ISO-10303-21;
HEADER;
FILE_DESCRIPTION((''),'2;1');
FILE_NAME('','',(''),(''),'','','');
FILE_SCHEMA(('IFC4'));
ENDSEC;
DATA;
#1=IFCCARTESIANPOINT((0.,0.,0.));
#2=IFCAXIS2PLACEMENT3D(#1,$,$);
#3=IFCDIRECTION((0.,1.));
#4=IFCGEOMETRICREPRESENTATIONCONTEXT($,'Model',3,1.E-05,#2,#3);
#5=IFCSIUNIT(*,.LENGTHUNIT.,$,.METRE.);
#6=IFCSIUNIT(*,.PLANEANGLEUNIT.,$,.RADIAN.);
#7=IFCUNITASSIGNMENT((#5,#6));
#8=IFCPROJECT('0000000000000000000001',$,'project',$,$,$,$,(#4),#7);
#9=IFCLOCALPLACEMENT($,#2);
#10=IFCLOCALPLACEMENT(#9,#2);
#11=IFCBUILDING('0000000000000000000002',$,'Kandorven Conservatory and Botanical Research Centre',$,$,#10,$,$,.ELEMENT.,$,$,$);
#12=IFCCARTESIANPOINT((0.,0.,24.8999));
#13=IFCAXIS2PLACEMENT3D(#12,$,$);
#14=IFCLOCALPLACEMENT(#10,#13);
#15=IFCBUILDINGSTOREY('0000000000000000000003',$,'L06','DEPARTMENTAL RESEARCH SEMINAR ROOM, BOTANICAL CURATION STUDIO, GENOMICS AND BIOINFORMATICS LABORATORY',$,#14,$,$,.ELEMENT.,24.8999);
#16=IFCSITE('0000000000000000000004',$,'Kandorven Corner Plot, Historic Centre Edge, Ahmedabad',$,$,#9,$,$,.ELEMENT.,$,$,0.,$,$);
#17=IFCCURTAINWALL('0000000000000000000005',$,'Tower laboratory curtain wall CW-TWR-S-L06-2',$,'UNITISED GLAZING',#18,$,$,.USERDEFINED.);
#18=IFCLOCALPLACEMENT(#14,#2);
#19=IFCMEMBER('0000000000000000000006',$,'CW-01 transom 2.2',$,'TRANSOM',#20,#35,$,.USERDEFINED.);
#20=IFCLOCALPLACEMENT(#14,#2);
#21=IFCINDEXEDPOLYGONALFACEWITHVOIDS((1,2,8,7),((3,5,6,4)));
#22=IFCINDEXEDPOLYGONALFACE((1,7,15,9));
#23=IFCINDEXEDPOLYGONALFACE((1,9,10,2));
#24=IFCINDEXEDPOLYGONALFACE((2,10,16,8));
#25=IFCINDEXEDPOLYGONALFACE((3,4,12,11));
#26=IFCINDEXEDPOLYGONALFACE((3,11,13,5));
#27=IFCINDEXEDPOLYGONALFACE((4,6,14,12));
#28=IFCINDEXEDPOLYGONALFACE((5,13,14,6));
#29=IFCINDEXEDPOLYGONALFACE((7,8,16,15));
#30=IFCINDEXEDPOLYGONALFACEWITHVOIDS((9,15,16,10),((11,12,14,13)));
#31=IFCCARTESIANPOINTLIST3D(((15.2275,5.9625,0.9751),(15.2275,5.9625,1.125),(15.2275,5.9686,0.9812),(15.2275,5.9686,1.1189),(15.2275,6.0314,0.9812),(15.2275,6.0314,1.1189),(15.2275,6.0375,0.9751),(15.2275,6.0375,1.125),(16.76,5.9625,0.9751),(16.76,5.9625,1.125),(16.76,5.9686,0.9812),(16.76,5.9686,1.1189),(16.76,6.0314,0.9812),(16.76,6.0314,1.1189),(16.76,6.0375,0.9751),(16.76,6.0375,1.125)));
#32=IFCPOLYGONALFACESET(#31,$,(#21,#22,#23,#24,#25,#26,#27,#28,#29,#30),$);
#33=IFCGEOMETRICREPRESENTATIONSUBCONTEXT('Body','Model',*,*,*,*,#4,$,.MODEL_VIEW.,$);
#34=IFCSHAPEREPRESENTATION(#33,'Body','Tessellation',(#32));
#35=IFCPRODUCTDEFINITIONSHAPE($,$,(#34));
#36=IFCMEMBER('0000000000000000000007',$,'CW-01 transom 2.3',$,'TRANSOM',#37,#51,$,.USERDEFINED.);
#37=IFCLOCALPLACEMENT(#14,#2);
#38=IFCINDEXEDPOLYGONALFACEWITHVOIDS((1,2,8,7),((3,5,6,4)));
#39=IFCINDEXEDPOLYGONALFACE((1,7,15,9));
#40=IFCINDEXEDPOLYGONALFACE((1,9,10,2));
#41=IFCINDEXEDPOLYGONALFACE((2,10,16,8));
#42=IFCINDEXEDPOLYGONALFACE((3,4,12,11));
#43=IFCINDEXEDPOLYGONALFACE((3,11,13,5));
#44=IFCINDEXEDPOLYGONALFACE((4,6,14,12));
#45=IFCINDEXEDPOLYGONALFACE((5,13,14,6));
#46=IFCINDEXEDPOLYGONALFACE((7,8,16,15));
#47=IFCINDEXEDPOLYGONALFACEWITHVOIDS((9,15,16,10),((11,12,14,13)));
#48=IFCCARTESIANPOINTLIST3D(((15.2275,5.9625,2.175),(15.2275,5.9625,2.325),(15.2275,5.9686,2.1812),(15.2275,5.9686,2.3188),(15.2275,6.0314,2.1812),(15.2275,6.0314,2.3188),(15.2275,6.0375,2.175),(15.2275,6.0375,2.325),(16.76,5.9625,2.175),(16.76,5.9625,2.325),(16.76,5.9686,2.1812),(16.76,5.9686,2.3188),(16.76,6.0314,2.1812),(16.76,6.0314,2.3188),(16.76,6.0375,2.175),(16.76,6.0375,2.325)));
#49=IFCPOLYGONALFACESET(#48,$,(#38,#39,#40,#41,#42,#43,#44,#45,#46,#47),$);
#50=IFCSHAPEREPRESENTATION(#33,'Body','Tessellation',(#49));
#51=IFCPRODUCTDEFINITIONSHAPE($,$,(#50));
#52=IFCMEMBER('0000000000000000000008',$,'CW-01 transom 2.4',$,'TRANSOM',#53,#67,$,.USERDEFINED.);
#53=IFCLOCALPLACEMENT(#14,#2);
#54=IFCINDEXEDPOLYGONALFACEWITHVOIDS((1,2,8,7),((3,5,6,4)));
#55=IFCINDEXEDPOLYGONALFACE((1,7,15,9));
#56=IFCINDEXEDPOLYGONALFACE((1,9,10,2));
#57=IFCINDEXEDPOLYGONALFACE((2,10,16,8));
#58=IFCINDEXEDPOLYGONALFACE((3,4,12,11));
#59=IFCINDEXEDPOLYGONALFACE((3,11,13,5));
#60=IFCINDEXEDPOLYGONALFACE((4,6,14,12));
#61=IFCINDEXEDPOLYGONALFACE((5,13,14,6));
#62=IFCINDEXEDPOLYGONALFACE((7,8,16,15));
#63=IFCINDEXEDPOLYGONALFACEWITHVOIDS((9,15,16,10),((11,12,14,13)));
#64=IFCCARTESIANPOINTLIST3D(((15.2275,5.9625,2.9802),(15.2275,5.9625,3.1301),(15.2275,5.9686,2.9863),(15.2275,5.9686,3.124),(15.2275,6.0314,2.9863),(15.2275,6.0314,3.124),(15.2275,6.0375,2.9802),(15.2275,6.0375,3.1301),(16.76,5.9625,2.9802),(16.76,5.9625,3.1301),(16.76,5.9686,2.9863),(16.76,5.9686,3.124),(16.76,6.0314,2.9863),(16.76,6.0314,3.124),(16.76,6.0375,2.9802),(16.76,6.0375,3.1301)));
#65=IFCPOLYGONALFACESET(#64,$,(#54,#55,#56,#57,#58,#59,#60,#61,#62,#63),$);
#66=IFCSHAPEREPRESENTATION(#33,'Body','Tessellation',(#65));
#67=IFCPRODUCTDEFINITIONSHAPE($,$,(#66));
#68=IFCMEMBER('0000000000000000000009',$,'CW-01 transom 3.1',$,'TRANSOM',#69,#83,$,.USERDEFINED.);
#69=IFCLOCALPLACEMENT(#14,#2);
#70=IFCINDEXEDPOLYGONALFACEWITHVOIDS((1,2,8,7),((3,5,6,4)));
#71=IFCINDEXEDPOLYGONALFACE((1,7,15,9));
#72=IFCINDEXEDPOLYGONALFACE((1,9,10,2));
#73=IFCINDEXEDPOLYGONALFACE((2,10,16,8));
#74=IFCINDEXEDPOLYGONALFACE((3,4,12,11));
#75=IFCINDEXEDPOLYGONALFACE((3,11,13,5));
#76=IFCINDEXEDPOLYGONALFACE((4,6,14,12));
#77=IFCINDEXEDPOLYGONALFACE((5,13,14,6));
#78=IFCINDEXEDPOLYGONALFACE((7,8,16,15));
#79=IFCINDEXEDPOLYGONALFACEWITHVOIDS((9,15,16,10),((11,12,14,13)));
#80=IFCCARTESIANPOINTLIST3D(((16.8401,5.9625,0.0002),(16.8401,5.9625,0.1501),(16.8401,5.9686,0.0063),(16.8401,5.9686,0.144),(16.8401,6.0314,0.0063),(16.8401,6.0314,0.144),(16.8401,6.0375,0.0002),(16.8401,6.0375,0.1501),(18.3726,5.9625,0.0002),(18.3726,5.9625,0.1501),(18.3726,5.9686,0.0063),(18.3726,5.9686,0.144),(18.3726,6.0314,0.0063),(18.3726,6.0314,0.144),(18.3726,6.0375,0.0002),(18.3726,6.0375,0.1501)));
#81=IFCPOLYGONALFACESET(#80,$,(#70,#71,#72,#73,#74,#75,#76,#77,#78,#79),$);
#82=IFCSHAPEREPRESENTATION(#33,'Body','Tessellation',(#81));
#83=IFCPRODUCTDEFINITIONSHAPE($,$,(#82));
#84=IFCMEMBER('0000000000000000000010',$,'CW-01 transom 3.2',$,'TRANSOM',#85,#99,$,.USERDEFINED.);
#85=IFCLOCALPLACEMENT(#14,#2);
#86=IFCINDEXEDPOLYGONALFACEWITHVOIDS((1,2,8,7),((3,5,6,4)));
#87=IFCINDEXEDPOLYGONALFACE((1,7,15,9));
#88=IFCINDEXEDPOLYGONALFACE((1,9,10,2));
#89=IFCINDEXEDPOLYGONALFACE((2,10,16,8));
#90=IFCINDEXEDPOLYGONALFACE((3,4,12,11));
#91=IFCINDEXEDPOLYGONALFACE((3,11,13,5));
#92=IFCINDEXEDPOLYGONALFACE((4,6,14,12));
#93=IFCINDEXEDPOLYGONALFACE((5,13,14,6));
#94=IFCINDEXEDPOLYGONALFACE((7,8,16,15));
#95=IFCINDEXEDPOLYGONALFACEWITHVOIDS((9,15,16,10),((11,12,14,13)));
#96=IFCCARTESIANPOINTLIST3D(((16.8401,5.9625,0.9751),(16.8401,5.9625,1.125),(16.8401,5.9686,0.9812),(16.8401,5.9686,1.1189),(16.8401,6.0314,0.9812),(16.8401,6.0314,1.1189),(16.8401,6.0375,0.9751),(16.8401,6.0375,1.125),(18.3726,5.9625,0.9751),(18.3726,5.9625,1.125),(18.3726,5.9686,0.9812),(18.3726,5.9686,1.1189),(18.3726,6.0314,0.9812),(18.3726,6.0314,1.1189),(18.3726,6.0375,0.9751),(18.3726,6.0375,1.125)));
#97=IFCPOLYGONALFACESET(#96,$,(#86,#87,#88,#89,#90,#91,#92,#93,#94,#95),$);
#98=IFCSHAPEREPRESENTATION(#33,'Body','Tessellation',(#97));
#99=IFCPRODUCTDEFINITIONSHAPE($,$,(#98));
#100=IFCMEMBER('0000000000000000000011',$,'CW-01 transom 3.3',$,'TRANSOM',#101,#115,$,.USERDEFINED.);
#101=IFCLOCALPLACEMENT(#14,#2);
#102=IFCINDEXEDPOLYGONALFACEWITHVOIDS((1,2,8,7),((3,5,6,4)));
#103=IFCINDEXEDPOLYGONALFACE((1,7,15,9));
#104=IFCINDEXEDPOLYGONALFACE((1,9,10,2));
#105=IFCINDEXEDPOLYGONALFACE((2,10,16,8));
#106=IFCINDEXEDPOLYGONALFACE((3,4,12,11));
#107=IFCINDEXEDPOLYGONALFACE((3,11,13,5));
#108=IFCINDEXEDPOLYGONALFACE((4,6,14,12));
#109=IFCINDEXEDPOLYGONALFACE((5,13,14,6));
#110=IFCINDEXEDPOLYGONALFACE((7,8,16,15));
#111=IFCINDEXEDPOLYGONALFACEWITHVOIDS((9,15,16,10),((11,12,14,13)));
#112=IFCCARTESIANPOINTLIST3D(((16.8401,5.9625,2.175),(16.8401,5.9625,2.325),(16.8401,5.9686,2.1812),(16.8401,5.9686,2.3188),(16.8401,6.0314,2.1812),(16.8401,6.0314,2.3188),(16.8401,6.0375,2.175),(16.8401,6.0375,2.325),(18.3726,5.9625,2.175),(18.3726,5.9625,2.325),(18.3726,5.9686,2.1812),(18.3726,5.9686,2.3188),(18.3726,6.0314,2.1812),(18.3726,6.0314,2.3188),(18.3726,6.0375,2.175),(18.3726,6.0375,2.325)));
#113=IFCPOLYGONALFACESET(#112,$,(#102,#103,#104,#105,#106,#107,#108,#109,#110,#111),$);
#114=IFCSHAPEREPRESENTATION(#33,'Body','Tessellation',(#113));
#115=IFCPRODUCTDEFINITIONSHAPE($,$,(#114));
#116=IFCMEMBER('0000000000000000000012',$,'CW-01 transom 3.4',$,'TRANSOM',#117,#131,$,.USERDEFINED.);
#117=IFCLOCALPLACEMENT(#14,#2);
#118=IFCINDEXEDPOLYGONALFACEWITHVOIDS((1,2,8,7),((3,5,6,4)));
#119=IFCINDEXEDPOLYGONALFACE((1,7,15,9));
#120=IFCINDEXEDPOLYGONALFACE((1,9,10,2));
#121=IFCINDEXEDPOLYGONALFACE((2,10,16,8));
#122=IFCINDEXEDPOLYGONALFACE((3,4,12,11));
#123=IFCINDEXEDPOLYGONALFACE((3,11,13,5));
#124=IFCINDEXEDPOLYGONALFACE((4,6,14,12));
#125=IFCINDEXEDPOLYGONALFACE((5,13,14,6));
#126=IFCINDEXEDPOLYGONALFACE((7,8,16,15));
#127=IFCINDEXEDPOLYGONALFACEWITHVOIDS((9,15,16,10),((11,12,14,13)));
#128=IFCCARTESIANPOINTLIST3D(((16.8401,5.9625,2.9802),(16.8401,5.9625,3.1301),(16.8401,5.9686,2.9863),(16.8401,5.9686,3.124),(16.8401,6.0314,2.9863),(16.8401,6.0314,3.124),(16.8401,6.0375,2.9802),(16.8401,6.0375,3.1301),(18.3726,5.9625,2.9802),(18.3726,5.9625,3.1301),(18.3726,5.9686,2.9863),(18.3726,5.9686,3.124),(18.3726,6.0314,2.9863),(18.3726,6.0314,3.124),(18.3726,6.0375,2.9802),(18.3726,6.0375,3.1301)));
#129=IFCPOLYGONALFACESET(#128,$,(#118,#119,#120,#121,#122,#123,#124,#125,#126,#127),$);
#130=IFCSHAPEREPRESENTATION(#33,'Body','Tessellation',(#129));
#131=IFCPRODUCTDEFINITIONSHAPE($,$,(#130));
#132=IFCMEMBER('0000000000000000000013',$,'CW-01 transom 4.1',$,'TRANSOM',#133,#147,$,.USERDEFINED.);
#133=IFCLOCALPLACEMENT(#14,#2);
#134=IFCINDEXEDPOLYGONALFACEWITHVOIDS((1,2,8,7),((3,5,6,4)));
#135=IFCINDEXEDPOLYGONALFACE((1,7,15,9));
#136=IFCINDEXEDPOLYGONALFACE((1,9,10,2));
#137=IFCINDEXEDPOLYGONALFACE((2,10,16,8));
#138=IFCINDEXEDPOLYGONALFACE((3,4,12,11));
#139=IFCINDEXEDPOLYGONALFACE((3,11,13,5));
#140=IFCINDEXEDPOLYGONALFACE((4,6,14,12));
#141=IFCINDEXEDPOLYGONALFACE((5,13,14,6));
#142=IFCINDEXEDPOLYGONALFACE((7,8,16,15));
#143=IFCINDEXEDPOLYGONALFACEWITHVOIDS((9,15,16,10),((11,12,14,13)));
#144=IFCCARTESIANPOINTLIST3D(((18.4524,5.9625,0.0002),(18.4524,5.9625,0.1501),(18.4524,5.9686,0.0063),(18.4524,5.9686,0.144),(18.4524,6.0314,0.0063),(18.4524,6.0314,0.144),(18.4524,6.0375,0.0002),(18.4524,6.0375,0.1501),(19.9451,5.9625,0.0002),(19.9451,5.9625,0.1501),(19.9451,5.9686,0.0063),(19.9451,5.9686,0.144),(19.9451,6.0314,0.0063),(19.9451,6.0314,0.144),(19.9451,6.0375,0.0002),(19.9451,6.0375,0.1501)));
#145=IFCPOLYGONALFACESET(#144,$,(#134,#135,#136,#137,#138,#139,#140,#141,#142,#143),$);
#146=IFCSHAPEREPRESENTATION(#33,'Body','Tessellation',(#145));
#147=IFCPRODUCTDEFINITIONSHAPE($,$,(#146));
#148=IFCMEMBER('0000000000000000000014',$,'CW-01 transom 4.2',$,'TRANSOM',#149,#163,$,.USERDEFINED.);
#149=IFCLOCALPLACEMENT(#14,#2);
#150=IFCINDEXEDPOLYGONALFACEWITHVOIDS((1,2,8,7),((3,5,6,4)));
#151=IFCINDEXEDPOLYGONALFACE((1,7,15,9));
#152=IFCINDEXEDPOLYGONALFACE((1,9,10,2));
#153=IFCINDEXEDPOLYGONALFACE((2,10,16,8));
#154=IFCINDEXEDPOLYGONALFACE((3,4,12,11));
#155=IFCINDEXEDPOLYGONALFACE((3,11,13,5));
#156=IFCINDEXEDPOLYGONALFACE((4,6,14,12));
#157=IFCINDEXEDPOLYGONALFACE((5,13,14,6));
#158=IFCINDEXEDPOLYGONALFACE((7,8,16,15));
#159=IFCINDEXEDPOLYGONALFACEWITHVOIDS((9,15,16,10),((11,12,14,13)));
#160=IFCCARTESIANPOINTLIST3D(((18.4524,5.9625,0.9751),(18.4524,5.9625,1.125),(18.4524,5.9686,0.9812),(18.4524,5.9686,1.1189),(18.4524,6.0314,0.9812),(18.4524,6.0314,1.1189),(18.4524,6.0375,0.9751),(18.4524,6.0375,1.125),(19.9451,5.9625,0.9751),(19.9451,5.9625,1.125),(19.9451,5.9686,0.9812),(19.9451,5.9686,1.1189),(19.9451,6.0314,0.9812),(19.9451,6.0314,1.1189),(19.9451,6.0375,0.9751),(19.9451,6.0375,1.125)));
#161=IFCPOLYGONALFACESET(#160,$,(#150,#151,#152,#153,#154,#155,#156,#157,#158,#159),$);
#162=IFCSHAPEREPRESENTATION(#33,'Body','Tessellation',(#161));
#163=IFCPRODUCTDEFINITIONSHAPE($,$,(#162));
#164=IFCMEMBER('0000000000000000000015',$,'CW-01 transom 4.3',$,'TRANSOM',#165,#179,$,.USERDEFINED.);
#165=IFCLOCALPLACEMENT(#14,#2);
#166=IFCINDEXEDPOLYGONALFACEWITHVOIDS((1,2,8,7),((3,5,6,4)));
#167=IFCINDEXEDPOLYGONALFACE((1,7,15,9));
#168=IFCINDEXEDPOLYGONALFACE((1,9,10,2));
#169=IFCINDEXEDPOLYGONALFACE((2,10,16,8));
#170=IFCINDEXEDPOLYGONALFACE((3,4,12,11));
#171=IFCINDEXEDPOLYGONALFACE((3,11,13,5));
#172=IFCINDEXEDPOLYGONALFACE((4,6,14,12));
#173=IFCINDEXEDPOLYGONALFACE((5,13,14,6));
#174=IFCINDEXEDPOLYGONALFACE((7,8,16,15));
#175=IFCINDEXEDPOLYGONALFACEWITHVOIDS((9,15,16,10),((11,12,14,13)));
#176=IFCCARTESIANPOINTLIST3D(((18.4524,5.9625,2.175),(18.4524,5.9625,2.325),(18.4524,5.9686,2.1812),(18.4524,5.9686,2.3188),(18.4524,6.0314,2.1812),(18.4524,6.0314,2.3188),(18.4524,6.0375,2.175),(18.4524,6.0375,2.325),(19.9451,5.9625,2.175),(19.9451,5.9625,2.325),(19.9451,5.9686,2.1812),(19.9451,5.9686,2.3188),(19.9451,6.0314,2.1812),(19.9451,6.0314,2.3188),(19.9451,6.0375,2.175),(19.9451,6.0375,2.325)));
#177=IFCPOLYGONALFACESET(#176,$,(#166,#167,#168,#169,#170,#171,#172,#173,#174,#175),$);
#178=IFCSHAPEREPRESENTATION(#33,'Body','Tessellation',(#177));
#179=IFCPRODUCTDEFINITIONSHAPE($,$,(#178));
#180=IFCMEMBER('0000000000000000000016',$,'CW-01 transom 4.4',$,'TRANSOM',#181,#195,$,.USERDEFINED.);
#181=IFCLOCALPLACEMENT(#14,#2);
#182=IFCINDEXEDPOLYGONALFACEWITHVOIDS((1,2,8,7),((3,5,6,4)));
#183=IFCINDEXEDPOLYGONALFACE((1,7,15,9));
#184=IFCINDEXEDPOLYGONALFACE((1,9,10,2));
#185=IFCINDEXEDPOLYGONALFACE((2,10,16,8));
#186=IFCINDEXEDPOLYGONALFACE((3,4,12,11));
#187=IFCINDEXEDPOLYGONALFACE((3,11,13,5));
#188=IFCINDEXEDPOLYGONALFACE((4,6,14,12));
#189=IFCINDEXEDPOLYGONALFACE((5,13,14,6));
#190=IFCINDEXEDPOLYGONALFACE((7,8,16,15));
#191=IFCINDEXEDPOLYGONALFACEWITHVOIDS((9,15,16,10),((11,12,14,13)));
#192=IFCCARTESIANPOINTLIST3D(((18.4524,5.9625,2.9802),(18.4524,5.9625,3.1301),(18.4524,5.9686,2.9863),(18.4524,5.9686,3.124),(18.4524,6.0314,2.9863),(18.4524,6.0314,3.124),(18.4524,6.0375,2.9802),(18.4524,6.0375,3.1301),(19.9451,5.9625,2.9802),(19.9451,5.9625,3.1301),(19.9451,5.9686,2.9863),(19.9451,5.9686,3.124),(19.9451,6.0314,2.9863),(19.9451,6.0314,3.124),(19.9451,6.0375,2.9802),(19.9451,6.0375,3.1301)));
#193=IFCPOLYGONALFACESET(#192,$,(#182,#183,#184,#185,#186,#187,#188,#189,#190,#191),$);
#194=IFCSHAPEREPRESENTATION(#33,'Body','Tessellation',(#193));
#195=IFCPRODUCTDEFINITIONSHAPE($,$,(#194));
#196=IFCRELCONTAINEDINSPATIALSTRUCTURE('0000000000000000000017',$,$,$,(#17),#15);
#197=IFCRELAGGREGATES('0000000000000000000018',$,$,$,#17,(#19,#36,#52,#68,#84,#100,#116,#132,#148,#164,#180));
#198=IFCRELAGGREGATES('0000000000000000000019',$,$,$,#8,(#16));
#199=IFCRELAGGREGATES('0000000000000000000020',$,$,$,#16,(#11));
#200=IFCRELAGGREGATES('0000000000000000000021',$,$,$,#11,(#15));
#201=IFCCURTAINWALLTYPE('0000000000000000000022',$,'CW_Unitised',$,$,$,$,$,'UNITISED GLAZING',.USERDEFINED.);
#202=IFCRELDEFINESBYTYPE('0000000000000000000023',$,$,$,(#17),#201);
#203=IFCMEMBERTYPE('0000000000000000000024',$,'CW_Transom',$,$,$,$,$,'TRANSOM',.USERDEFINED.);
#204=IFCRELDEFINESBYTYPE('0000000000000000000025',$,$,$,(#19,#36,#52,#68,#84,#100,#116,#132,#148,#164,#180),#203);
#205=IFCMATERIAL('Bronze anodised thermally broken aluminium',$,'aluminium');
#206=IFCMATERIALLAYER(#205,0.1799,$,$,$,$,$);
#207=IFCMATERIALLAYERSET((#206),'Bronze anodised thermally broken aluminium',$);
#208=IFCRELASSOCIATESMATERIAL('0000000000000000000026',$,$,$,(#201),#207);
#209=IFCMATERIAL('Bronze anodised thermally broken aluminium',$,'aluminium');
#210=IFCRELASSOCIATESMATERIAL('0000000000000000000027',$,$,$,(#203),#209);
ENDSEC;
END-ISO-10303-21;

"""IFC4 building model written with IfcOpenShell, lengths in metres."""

from ifc_helpers import new_model, si_unit, direction, frame, origin, origin_2d, place, context, subcontext, project, spatial, hollow_rectangle, extrude, material, layer, layer_set, material_profile, profile_set, type_object, element, aggregate, save


model = new_model("IFC4")

# Units and contexts
model_context = context("Model", 3, precision=1e-05, world=origin(), true_north=direction((0.0, 1.0)))
body_context = subcontext(model_context, "Body", "Model", "MODEL_VIEW")
ifc_project = project(units=[si_unit("LENGTHUNIT", "METRE"), si_unit("PLANEANGLEUNIT", "RADIAN")], contexts=[model_context])

# Site, building, storey
site_placement = place(None, origin())
site = spatial("IfcSite", under=ifc_project, at=site_placement, Name="Kandorven Corner Plot, Historic Centre Edge, Ahmedabad", CompositionType="ELEMENT", RefElevation=0.0)
building_placement = place(site_placement, origin())
building = spatial("IfcBuilding", under=site, at=building_placement, Name="Kandorven Conservatory and Botanical Research Centre", CompositionType="ELEMENT")
storey_placement = place(building_placement, frame((0.0, 0.0, 24.8999)))
storey = spatial("IfcBuildingStorey", under=building, at=storey_placement, Name="L06", Description="DEPARTMENTAL RESEARCH SEMINAR ROOM, BOTANICAL CURATION STUDIO, GENOMICS AND BIOINFORMATICS LABORATORY", CompositionType="ELEMENT", Elevation=24.8999)

# Curtain wall, members
ifc_material_1 = material(Name="Bronze anodised thermally broken aluminium", Category="aluminium")
ifc_layer_1 = layer(ifc_material_1, 0.1799)
ifc_layer_set_1 = layer_set([ifc_layer_1], Name="Bronze anodised thermally broken aluminium")
curtain_wall_type = type_object("IfcCurtainWallType", Name="CW_Unitised", ElementType="UNITISED GLAZING", PredefinedType="USERDEFINED", material=ifc_layer_set_1)
curtain_wall_placement = place(storey_placement, origin())
curtain_wall = element("IfcCurtainWall", 1, at=curtain_wall_placement, inside=storey, type_object=curtain_wall_type, Name="Tower laboratory curtain wall CW-TWR-S-L06-2", ObjectType="UNITISED GLAZING", PredefinedType="USERDEFINED")
ifc_material_2 = material(Name="Bronze anodised thermally broken aluminium", Category="aluminium")
ifc_material_profile_1 = material_profile(ifc_material_2, hollow_rectangle(XDim=0.075, YDim=0.1499, WallThickness=0.0061, at=origin_2d()))
ifc_profile_set_1 = profile_set([ifc_material_profile_1], Name="Bronze anodised thermally broken aluminium")
member_type_1 = type_object("IfcMemberType", Name="CW_Transom", ElementType="TRANSOM", PredefinedType="USERDEFINED", material=ifc_profile_set_1)
member_1_placement = place(storey_placement, frame((15.2275, 6.0, 1.05), z_axis=(1.0, 0.0, 0.0), x_axis=(0.0, 1.0, 0.0)))
member_1 = element("IfcMember", 2, at=member_1_placement, type_object=member_type_1, Name="CW-01 transom 2.2", ObjectType="TRANSOM", PredefinedType="USERDEFINED", context=body_context, shape_type="SweptSolid", body=[
    extrude(hollow_rectangle(XDim=0.075, YDim=0.1499, WallThickness=0.0061, at=origin_2d()), origin(), (0.0, 0.0, 1.0), 1.5325),
])
member_2_placement = place(storey_placement, frame((15.2275, 6.0, 2.25), z_axis=(1.0, 0.0, 0.0), x_axis=(0.0, 1.0, 0.0)))
member_2 = element("IfcMember", 3, at=member_2_placement, type_object=member_type_1, Name="CW-01 transom 2.3", ObjectType="TRANSOM", PredefinedType="USERDEFINED", context=body_context, shape_type="SweptSolid", body=[
    extrude(hollow_rectangle(XDim=0.075, YDim=0.1499, WallThickness=0.0061, at=origin_2d()), origin(), (0.0, 0.0, 1.0), 1.5325),
])
member_3_placement = place(storey_placement, frame((15.2275, 6.0, 3.0552), z_axis=(1.0, 0.0, 0.0), x_axis=(0.0, 1.0, 0.0)))
member_3 = element("IfcMember", 4, at=member_3_placement, type_object=member_type_1, Name="CW-01 transom 2.4", ObjectType="TRANSOM", PredefinedType="USERDEFINED", context=body_context, shape_type="SweptSolid", body=[
    extrude(hollow_rectangle(XDim=0.075, YDim=0.1499, WallThickness=0.0061, at=origin_2d()), origin(), (0.0, 0.0, 1.0), 1.5325),
])
member_4_placement = place(storey_placement, frame((16.8401, 6.0, 0.0752), z_axis=(1.0, 0.0, 0.0), x_axis=(0.0, 1.0, 0.0)))
member_4 = element("IfcMember", 5, at=member_4_placement, type_object=member_type_1, Name="CW-01 transom 3.1", ObjectType="TRANSOM", PredefinedType="USERDEFINED", context=body_context, shape_type="SweptSolid", body=[
    extrude(hollow_rectangle(XDim=0.075, YDim=0.1499, WallThickness=0.0061, at=origin_2d()), origin(), (0.0, 0.0, 1.0), 1.5325),
])
member_5_placement = place(storey_placement, frame((16.8401, 6.0, 1.05), z_axis=(1.0, 0.0, 0.0), x_axis=(0.0, 1.0, 0.0)))
member_5 = element("IfcMember", 6, at=member_5_placement, type_object=member_type_1, Name="CW-01 transom 3.2", ObjectType="TRANSOM", PredefinedType="USERDEFINED", context=body_context, shape_type="SweptSolid", body=[
    extrude(hollow_rectangle(XDim=0.075, YDim=0.1499, WallThickness=0.0061, at=origin_2d()), origin(), (0.0, 0.0, 1.0), 1.5325),
])
member_6_placement = place(storey_placement, frame((16.8401, 6.0, 2.25), z_axis=(1.0, 0.0, 0.0), x_axis=(0.0, 1.0, 0.0)))
member_6 = element("IfcMember", 7, at=member_6_placement, type_object=member_type_1, Name="CW-01 transom 3.3", ObjectType="TRANSOM", PredefinedType="USERDEFINED", context=body_context, shape_type="SweptSolid", body=[
    extrude(hollow_rectangle(XDim=0.075, YDim=0.1499, WallThickness=0.0061, at=origin_2d()), origin(), (0.0, 0.0, 1.0), 1.5325),
])
member_7_placement = place(storey_placement, frame((16.8401, 6.0, 3.0552), z_axis=(1.0, 0.0, 0.0), x_axis=(0.0, 1.0, 0.0)))
member_7 = element("IfcMember", 8, at=member_7_placement, type_object=member_type_1, Name="CW-01 transom 3.4", ObjectType="TRANSOM", PredefinedType="USERDEFINED", context=body_context, shape_type="SweptSolid", body=[
    extrude(hollow_rectangle(XDim=0.075, YDim=0.1499, WallThickness=0.0061, at=origin_2d()), origin(), (0.0, 0.0, 1.0), 1.5325),
])
member_8_placement = place(storey_placement, frame((18.4524, 6.0, 0.0752), z_axis=(1.0, 0.0, 0.0), x_axis=(0.0, 1.0, 0.0)))
member_8 = element("IfcMember", 9, at=member_8_placement, type_object=member_type_1, Name="CW-01 transom 4.1", ObjectType="TRANSOM", PredefinedType="USERDEFINED", context=body_context, shape_type="SweptSolid", body=[
    extrude(hollow_rectangle(XDim=0.075, YDim=0.1499, WallThickness=0.0061, at=origin_2d()), origin(), (0.0, 0.0, 1.0), 1.4927),
])
member_9_placement = place(storey_placement, frame((18.4524, 6.0, 1.05), z_axis=(1.0, 0.0, 0.0), x_axis=(0.0, 1.0, 0.0)))
member_9 = element("IfcMember", 10, at=member_9_placement, type_object=member_type_1, Name="CW-01 transom 4.2", ObjectType="TRANSOM", PredefinedType="USERDEFINED", context=body_context, shape_type="SweptSolid", body=[
    extrude(hollow_rectangle(XDim=0.075, YDim=0.1499, WallThickness=0.0061, at=origin_2d()), origin(), (0.0, 0.0, 1.0), 1.4927),
])
member_10_placement = place(storey_placement, frame((18.4524, 6.0, 2.25), z_axis=(1.0, 0.0, 0.0), x_axis=(0.0, 1.0, 0.0)))
member_10 = element("IfcMember", 11, at=member_10_placement, type_object=member_type_1, Name="CW-01 transom 4.3", ObjectType="TRANSOM", PredefinedType="USERDEFINED", context=body_context, shape_type="SweptSolid", body=[
    extrude(hollow_rectangle(XDim=0.075, YDim=0.1499, WallThickness=0.0061, at=origin_2d()), origin(), (0.0, 0.0, 1.0), 1.4927),
])
member_11_placement = place(storey_placement, frame((18.4524, 6.0, 3.0552), z_axis=(1.0, 0.0, 0.0), x_axis=(0.0, 1.0, 0.0)))
member_11 = element("IfcMember", 12, at=member_11_placement, type_object=member_type_1, Name="CW-01 transom 4.4", ObjectType="TRANSOM", PredefinedType="USERDEFINED", context=body_context, shape_type="SweptSolid", body=[
    extrude(hollow_rectangle(XDim=0.075, YDim=0.1499, WallThickness=0.0061, at=origin_2d()), origin(), (0.0, 0.0, 1.0), 1.4927),
])
aggregate(curtain_wall, [member_1, member_2, member_3, member_4, member_5, member_6, member_7, member_8, member_9, member_10, member_11])

save(model, "model.ifc")
